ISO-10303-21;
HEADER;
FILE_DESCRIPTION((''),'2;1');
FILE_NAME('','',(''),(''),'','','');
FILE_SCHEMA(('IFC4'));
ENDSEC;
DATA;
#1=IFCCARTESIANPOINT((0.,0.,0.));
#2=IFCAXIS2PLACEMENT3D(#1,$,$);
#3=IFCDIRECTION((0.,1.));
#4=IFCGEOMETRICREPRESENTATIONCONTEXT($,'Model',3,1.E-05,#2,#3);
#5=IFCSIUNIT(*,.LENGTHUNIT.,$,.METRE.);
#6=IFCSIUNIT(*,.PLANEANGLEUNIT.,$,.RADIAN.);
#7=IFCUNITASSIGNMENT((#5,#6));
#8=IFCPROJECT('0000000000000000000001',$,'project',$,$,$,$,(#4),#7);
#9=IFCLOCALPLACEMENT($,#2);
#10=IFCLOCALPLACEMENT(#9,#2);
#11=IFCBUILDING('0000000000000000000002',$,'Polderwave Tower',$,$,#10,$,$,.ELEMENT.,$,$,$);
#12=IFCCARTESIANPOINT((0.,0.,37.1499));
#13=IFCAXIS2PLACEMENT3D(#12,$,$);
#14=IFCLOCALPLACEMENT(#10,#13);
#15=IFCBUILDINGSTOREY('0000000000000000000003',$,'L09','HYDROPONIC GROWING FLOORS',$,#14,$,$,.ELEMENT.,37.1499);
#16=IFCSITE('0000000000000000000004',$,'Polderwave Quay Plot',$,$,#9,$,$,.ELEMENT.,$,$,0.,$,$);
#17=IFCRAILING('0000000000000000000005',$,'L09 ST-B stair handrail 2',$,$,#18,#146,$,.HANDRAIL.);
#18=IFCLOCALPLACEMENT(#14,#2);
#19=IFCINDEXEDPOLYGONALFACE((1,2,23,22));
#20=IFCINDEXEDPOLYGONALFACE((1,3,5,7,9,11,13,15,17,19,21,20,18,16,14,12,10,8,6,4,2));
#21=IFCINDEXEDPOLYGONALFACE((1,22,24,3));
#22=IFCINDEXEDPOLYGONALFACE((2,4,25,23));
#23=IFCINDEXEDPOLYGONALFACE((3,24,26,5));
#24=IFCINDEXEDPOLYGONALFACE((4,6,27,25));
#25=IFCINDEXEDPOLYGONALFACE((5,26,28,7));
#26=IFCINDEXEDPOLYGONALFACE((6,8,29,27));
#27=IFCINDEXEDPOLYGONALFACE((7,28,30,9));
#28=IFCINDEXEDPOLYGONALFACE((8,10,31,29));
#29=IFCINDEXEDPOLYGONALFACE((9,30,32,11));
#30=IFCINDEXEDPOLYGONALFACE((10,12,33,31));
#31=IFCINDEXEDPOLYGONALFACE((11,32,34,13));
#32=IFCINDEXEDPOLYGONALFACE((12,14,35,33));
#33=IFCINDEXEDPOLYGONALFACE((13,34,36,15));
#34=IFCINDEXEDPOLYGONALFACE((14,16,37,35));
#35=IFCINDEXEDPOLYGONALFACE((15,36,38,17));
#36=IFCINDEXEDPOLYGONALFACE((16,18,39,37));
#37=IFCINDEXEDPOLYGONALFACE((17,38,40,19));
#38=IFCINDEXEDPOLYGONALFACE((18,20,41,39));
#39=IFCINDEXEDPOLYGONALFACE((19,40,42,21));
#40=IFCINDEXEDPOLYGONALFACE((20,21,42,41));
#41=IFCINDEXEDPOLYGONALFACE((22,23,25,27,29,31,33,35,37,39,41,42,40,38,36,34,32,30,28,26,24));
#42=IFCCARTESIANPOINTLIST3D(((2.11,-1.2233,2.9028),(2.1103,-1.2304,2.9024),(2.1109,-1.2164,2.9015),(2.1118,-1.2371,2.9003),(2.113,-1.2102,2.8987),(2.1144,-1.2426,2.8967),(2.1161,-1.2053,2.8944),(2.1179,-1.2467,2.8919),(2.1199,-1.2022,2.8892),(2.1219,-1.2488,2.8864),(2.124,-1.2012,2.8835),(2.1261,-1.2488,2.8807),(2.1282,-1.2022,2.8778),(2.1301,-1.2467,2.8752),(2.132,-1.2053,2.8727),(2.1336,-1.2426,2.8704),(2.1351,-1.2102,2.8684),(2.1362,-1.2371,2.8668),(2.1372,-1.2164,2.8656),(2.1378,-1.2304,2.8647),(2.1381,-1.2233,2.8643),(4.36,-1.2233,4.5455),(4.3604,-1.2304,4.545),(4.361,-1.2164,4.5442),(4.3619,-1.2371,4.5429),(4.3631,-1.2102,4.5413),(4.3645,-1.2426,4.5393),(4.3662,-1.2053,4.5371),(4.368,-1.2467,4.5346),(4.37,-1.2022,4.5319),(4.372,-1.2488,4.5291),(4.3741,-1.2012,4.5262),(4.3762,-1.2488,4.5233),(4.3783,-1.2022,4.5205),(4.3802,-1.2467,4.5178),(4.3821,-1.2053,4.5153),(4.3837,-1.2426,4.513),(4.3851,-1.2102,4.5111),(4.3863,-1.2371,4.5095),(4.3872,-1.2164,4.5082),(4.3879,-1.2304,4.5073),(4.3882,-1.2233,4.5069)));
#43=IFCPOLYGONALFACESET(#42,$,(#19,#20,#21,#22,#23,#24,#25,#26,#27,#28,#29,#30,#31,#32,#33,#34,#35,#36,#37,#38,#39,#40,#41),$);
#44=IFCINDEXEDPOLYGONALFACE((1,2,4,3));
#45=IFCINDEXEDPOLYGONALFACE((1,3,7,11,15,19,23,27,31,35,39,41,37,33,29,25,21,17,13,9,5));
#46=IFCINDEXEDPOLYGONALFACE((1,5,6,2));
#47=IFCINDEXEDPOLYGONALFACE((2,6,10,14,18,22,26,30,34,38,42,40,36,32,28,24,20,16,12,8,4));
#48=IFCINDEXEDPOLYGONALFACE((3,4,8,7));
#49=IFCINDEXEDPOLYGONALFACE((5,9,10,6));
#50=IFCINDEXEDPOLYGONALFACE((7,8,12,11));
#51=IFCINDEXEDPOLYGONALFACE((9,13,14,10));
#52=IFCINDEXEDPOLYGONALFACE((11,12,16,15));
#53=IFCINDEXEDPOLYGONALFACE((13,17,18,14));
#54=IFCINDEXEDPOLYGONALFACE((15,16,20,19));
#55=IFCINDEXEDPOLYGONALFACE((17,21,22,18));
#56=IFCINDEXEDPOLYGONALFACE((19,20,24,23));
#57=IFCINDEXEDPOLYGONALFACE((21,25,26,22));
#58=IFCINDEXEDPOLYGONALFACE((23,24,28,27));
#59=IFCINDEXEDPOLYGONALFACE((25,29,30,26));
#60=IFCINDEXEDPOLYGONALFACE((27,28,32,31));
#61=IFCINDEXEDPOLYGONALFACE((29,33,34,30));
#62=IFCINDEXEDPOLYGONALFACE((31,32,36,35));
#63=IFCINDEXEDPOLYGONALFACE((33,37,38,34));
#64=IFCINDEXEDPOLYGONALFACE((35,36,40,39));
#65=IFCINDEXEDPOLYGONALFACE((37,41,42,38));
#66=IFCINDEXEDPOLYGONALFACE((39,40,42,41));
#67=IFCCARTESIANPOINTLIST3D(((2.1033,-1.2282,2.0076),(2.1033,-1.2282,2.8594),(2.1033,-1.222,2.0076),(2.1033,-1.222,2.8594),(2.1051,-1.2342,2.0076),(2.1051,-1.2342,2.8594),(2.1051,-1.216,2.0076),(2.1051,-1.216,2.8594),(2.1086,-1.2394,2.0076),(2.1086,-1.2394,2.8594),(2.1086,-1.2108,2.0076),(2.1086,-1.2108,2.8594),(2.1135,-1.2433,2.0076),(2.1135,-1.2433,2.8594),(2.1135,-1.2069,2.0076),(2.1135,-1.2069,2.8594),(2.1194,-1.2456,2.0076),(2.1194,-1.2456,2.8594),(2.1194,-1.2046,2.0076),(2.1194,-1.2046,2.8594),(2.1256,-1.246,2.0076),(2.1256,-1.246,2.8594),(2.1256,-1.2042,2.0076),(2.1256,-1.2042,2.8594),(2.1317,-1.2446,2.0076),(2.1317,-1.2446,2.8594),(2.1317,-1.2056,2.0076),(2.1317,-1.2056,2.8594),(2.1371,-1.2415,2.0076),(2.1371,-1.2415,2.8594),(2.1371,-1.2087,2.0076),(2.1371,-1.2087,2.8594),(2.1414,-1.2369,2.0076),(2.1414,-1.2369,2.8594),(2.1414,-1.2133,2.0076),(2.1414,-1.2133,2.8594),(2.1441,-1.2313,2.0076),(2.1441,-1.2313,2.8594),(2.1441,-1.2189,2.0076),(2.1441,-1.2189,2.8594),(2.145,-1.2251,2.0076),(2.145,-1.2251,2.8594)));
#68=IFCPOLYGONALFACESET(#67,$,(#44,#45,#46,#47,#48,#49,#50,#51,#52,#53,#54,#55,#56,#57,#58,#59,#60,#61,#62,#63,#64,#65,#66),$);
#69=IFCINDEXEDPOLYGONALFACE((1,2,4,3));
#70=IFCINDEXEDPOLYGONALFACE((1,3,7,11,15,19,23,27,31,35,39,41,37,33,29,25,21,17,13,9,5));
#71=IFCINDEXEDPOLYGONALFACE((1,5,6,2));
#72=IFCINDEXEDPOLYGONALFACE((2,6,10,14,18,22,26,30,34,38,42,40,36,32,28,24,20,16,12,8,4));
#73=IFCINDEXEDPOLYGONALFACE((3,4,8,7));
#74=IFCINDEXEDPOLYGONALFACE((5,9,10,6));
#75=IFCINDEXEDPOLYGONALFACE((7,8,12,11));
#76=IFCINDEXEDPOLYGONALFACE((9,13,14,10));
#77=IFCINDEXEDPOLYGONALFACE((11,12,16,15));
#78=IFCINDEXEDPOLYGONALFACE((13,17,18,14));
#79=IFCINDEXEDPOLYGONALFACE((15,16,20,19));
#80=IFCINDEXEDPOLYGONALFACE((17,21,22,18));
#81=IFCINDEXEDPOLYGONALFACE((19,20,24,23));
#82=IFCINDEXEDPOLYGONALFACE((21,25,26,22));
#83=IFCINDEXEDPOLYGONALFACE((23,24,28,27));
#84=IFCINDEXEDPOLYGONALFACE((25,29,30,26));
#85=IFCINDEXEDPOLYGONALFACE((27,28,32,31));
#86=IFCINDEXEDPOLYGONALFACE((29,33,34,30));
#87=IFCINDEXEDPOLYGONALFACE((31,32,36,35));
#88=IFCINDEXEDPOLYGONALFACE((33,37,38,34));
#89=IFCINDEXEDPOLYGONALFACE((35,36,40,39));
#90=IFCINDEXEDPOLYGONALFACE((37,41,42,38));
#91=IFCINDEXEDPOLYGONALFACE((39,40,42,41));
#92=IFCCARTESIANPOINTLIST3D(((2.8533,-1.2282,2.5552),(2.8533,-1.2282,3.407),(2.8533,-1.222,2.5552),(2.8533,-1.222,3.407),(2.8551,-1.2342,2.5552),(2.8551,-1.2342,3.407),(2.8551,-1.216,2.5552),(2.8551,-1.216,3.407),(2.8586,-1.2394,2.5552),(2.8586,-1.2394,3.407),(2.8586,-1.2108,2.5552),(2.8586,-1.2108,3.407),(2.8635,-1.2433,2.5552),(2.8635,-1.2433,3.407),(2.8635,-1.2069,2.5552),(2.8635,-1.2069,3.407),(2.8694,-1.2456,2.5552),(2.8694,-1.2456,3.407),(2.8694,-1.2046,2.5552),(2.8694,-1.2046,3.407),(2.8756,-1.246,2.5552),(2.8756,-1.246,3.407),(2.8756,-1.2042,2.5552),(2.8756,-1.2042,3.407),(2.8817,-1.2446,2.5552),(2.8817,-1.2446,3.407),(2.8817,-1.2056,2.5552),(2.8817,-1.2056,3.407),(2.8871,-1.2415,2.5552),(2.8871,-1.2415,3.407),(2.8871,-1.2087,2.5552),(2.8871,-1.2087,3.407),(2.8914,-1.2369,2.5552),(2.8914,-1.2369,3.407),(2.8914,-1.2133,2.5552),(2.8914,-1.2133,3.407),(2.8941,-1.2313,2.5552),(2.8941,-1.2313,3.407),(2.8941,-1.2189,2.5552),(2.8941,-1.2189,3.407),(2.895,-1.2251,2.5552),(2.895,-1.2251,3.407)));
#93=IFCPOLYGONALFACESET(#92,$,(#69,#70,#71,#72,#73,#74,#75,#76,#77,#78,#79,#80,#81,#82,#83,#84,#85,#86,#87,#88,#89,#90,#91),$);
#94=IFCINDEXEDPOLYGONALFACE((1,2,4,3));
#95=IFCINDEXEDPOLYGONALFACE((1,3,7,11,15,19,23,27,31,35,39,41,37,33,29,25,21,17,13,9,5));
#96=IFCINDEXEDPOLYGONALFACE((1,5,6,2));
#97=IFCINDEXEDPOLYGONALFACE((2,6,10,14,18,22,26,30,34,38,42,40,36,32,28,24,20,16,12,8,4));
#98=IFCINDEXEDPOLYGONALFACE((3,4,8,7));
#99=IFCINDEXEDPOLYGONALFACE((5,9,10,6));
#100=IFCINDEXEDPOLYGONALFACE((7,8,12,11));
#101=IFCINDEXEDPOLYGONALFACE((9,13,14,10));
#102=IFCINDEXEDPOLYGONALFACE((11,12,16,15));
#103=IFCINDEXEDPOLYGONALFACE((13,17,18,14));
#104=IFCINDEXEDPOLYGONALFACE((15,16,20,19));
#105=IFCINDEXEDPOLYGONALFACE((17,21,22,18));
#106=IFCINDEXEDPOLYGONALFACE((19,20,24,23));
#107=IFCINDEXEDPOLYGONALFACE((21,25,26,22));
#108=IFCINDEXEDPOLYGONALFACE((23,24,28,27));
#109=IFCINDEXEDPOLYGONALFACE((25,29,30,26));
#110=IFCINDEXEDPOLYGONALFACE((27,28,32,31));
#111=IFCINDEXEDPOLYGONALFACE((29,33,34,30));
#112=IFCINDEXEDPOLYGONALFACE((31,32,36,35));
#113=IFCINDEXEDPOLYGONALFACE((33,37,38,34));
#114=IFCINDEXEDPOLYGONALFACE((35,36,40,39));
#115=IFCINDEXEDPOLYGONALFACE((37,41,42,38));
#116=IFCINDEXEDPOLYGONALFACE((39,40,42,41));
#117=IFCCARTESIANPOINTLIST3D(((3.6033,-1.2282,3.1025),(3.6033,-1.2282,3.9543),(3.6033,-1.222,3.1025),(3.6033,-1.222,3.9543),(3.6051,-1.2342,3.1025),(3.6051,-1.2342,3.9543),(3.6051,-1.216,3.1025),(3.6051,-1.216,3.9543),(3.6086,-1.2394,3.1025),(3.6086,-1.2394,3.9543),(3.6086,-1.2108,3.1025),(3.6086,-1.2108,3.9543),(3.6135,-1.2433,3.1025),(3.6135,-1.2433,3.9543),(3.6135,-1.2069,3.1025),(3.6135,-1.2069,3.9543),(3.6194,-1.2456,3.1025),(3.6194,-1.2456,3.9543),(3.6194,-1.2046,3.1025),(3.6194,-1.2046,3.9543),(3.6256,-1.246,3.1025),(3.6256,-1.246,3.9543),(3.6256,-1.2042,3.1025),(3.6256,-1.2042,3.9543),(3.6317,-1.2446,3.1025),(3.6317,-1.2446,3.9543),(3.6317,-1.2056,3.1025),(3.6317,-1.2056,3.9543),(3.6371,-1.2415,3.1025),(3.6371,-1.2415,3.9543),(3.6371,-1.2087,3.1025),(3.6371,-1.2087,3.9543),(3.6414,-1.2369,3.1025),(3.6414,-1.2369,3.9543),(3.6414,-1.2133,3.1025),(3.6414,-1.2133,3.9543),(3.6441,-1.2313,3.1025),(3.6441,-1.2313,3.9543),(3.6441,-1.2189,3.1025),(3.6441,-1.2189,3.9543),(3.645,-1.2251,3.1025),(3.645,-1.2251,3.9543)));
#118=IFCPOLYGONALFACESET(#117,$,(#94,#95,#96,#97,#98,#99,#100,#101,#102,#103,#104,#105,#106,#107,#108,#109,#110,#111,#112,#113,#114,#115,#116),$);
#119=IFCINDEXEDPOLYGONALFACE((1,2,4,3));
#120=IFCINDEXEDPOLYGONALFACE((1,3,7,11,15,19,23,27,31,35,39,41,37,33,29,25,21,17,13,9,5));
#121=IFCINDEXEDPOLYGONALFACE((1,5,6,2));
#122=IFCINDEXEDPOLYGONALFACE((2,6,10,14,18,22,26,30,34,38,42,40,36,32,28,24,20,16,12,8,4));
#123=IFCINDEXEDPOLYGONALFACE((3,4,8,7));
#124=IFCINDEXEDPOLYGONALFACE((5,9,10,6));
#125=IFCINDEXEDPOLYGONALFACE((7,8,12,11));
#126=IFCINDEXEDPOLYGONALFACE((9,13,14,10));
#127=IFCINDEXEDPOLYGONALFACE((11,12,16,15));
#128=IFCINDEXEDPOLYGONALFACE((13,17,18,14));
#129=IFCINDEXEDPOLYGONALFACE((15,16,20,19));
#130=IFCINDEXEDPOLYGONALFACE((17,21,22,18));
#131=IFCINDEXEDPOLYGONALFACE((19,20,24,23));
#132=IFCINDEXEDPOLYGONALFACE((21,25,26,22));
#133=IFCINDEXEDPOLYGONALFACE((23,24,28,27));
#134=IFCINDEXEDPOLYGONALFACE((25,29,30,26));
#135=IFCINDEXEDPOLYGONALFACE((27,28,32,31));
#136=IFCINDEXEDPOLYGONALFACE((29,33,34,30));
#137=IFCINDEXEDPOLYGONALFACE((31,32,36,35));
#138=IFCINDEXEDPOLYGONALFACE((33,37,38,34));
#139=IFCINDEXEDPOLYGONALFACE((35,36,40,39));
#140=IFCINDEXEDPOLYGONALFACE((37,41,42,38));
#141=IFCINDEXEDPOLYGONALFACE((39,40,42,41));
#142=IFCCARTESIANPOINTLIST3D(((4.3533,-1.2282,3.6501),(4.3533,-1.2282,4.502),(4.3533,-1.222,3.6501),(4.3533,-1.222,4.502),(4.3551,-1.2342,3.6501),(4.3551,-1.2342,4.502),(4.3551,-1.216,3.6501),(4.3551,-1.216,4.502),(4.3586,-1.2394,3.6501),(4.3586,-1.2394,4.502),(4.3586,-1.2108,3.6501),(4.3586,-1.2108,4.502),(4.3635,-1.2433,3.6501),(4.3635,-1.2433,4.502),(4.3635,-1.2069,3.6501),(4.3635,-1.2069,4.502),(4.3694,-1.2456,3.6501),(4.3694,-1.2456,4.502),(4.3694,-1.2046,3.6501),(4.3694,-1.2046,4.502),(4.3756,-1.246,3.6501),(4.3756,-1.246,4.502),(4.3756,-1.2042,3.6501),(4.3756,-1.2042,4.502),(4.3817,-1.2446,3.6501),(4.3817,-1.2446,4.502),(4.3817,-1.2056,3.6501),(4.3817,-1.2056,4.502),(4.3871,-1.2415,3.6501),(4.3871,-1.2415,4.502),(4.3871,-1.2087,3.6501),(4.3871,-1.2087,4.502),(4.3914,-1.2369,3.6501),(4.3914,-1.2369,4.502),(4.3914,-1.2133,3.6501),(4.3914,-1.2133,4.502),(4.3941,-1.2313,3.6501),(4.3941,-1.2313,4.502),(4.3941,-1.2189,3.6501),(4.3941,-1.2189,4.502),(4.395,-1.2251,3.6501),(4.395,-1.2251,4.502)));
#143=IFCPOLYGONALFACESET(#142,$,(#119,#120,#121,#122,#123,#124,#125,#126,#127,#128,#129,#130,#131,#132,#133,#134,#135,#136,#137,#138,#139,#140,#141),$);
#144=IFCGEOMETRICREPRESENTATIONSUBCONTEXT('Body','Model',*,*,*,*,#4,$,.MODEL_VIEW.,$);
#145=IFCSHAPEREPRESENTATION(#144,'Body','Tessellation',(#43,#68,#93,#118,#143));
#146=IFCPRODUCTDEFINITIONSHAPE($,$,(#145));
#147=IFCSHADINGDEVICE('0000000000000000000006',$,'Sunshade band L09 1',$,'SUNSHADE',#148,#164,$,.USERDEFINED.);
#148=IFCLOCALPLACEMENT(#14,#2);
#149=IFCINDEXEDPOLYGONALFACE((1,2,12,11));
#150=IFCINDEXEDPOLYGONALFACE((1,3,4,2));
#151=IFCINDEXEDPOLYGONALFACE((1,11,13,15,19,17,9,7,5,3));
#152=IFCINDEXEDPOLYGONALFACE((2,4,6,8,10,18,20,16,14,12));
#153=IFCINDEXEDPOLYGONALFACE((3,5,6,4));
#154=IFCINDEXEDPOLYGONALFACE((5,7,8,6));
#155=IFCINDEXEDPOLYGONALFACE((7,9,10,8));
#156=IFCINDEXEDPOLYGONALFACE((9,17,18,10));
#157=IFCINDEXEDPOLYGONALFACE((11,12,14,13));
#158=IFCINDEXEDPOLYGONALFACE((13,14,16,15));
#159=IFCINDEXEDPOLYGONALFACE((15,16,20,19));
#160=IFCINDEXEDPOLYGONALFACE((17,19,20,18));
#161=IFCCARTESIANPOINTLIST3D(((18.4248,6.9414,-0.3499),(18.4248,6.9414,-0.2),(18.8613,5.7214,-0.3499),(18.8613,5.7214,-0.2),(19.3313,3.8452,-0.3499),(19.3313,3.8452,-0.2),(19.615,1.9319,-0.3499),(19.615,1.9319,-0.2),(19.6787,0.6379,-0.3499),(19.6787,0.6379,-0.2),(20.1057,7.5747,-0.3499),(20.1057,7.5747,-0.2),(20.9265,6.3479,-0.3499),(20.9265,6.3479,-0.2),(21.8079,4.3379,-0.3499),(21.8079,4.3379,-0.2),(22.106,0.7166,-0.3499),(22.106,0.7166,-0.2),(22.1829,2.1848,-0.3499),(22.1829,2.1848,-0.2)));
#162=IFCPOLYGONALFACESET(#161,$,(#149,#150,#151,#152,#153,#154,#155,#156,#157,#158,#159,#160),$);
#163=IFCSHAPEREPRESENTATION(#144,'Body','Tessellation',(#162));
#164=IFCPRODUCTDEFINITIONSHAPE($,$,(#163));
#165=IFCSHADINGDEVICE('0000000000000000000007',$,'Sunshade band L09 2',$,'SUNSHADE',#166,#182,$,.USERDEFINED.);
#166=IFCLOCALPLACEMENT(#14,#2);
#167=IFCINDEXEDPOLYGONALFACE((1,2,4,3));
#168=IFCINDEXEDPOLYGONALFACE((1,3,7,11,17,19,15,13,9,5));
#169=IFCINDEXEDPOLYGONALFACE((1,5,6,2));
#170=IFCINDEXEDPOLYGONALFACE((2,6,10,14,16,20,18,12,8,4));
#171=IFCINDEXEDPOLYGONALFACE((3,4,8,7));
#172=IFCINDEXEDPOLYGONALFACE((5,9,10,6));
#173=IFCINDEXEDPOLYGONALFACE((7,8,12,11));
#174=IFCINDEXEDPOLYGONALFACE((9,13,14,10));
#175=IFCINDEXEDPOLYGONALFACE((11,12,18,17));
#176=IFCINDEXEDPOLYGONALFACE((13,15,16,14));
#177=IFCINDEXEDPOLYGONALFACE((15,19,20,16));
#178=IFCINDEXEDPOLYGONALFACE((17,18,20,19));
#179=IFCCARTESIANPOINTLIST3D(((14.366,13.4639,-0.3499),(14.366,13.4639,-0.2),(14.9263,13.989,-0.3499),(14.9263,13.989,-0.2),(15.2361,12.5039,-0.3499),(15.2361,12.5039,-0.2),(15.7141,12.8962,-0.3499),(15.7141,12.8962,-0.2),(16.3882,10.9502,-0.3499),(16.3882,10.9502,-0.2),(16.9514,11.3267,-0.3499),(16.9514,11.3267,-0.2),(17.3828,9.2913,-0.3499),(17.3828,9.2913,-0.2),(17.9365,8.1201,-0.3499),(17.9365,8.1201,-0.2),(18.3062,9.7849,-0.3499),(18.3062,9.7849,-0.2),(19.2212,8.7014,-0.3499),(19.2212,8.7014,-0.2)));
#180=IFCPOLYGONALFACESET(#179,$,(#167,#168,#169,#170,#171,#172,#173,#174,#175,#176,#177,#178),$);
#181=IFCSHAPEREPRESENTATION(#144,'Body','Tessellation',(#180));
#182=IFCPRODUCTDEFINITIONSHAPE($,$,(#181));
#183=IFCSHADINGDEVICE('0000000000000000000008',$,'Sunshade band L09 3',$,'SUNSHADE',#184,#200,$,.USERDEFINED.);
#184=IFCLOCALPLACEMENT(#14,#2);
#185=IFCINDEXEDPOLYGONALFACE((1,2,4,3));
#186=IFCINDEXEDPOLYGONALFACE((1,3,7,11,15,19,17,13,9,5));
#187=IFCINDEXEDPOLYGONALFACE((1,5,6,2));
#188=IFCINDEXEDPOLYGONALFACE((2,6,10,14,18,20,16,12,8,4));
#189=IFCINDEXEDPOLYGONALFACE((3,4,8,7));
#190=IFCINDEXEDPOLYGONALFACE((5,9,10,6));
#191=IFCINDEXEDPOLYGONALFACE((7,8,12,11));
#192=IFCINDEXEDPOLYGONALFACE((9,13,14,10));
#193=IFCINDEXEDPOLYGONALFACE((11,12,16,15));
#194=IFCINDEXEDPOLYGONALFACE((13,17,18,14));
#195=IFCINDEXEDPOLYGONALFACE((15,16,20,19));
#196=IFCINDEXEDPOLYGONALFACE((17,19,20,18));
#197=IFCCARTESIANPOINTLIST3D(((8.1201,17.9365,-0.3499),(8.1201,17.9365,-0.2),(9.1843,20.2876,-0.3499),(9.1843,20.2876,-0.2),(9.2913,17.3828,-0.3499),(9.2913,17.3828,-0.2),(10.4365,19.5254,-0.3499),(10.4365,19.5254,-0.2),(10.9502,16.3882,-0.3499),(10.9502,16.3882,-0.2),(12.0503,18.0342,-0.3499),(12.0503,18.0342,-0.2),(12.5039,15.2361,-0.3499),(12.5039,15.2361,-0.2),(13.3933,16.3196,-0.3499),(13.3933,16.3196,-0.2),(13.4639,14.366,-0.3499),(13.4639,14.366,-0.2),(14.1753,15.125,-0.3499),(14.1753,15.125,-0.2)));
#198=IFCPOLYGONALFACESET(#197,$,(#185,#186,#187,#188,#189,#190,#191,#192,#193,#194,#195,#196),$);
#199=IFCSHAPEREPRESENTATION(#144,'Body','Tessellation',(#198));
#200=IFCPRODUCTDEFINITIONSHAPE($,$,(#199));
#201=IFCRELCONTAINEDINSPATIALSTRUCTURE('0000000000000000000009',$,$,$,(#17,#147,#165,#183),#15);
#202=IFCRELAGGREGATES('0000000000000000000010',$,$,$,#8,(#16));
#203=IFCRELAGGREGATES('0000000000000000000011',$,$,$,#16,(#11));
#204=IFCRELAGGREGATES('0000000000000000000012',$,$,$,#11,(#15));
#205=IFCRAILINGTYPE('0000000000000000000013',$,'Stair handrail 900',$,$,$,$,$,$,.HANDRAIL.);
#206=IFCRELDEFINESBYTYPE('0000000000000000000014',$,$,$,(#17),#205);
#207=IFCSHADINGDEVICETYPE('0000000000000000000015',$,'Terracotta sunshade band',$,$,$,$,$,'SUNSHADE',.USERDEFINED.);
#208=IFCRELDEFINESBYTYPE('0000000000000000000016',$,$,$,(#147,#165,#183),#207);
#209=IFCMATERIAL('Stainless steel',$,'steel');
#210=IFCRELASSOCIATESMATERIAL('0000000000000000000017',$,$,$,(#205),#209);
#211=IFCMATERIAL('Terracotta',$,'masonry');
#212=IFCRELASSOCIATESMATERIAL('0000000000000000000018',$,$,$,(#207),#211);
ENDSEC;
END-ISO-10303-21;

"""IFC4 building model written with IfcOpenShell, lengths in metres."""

from ifc_helpers import new_model, si_unit, direction, frame, origin, origin_2d, place, context, subcontext, project, spatial, polyline, circle, outline, extrude, material, type_object, element, save


model = new_model("IFC4")

# Units and contexts
model_context = context("Model", 3, precision=1e-05, world=origin(), true_north=direction((0.0, 1.0)))
body_context = subcontext(model_context, "Body", "Model", "MODEL_VIEW")
ifc_project = project(units=[si_unit("LENGTHUNIT", "METRE"), si_unit("PLANEANGLEUNIT", "RADIAN")], contexts=[model_context])

# Site, building, storey
site_placement = place(None, origin())
site = spatial("IfcSite", under=ifc_project, at=site_placement, Name="Polderwave Quay Plot", CompositionType="ELEMENT", RefElevation=0.0)
building_placement = place(site_placement, origin())
building = spatial("IfcBuilding", under=site, at=building_placement, Name="Polderwave Tower", CompositionType="ELEMENT")
storey_placement = place(building_placement, frame((0.0, 0.0, 37.1499)))
storey = spatial("IfcBuildingStorey", under=building, at=storey_placement, Name="L09", Description="HYDROPONIC GROWING FLOORS", CompositionType="ELEMENT", Elevation=37.1499)

# Railing
ifc_material_1 = material(Name="Stainless steel", Category="steel")
railing_type_1 = type_object("IfcRailingType", Name="Stair handrail 900", PredefinedType="HANDRAIL", material=ifc_material_1)
railing_1_placement = place(storey_placement, frame((2.124, -1.2251, 2.0076)))
element("IfcRailing", 1, at=railing_1_placement, inside=storey, type_object=railing_type_1, Name="L09 ST-B stair handrail 2", PredefinedType="HANDRAIL", context=body_context, shape_type="SweptSolid", body=[
    extrude(circle(Radius=0.0239, at=origin_2d()), frame((0.0, 0.0, 0.876), z_axis=(0.807674, 0.0, 0.58963), x_axis=(0.0, 1.0, 0.0)), (0.0, 0.0, 1.0), 2.7859),
    extrude(circle(Radius=0.021, at=origin_2d()), origin(), (0.0, 0.0, 1.0), 0.8518),
    extrude(circle(Radius=0.021, at=origin_2d()), frame((0.75, 0.0, 0.5476)), (0.0, 0.0, 1.0), 0.8518),
    extrude(circle(Radius=0.021, at=origin_2d()), frame((1.5, 0.0, 1.095)), (0.0, 0.0, 1.0), 0.8518),
    extrude(circle(Radius=0.021, at=origin_2d()), frame((2.25, 0.0, 1.6426)), (0.0, 0.0, 1.0), 0.8518),
])

# Shading devices
ifc_material_2 = material(Name="Terracotta", Category="masonry")
shading_device_type = type_object("IfcShadingDeviceType", Name="Terracotta sunshade band", ElementType="SUNSHADE", PredefinedType="USERDEFINED", material=ifc_material_2)
shading_device_1_placement = place(storey_placement, frame((0.0, 0.0, -0.3499)))
element("IfcShadingDevice", 2, at=shading_device_1_placement, inside=storey, type_object=shading_device_type, Name="Sunshade band L09 1", ObjectType="SUNSHADE", PredefinedType="USERDEFINED", context=body_context, shape_type="SweptSolid", body=[
    extrude(outline(polyline([(19.6787, 0.6379), (19.615, 1.9319), (19.3313, 3.8452), (18.8613, 5.7214), (18.4248, 6.9414), (20.1057, 7.5747), (20.9265, 6.3479), (21.8079, 4.3379), (22.1829, 2.1848), (22.106, 0.7166), (19.6787, 0.6379)])), origin(), (0.0, 0.0, 1.0), 0.1499),
])
shading_device_2_placement = place(storey_placement, frame((0.0, 0.0, -0.3499)))
element("IfcShadingDevice", 3, at=shading_device_2_placement, inside=storey, type_object=shading_device_type, Name="Sunshade band L09 2", ObjectType="SUNSHADE", PredefinedType="USERDEFINED", context=body_context, shape_type="SweptSolid", body=[
    extrude(outline(polyline([(17.9365, 8.1201), (17.3828, 9.2913), (16.3882, 10.9502), (15.2361, 12.5039), (14.366, 13.4639), (14.9263, 13.989), (15.7141, 12.8962), (16.9514, 11.3267), (18.3062, 9.7849), (19.2212, 8.7014), (17.9365, 8.1201)])), origin(), (0.0, 0.0, 1.0), 0.1499),
])
shading_device_3_placement = place(storey_placement, frame((0.0, 0.0, -0.3499)))
element("IfcShadingDevice", 4, at=shading_device_3_placement, inside=storey, type_object=shading_device_type, Name="Sunshade band L09 3", ObjectType="SUNSHADE", PredefinedType="USERDEFINED", context=body_context, shape_type="SweptSolid", body=[
    extrude(outline(polyline([(13.4639, 14.366), (12.5039, 15.2361), (10.9502, 16.3882), (9.2913, 17.3828), (8.1201, 17.9365), (9.1843, 20.2876), (10.4365, 19.5254), (12.0503, 18.0342), (13.3933, 16.3196), (14.1753, 15.125), (13.4639, 14.366)])), origin(), (0.0, 0.0, 1.0), 0.1499),
])

save(model, "model.ifc")
